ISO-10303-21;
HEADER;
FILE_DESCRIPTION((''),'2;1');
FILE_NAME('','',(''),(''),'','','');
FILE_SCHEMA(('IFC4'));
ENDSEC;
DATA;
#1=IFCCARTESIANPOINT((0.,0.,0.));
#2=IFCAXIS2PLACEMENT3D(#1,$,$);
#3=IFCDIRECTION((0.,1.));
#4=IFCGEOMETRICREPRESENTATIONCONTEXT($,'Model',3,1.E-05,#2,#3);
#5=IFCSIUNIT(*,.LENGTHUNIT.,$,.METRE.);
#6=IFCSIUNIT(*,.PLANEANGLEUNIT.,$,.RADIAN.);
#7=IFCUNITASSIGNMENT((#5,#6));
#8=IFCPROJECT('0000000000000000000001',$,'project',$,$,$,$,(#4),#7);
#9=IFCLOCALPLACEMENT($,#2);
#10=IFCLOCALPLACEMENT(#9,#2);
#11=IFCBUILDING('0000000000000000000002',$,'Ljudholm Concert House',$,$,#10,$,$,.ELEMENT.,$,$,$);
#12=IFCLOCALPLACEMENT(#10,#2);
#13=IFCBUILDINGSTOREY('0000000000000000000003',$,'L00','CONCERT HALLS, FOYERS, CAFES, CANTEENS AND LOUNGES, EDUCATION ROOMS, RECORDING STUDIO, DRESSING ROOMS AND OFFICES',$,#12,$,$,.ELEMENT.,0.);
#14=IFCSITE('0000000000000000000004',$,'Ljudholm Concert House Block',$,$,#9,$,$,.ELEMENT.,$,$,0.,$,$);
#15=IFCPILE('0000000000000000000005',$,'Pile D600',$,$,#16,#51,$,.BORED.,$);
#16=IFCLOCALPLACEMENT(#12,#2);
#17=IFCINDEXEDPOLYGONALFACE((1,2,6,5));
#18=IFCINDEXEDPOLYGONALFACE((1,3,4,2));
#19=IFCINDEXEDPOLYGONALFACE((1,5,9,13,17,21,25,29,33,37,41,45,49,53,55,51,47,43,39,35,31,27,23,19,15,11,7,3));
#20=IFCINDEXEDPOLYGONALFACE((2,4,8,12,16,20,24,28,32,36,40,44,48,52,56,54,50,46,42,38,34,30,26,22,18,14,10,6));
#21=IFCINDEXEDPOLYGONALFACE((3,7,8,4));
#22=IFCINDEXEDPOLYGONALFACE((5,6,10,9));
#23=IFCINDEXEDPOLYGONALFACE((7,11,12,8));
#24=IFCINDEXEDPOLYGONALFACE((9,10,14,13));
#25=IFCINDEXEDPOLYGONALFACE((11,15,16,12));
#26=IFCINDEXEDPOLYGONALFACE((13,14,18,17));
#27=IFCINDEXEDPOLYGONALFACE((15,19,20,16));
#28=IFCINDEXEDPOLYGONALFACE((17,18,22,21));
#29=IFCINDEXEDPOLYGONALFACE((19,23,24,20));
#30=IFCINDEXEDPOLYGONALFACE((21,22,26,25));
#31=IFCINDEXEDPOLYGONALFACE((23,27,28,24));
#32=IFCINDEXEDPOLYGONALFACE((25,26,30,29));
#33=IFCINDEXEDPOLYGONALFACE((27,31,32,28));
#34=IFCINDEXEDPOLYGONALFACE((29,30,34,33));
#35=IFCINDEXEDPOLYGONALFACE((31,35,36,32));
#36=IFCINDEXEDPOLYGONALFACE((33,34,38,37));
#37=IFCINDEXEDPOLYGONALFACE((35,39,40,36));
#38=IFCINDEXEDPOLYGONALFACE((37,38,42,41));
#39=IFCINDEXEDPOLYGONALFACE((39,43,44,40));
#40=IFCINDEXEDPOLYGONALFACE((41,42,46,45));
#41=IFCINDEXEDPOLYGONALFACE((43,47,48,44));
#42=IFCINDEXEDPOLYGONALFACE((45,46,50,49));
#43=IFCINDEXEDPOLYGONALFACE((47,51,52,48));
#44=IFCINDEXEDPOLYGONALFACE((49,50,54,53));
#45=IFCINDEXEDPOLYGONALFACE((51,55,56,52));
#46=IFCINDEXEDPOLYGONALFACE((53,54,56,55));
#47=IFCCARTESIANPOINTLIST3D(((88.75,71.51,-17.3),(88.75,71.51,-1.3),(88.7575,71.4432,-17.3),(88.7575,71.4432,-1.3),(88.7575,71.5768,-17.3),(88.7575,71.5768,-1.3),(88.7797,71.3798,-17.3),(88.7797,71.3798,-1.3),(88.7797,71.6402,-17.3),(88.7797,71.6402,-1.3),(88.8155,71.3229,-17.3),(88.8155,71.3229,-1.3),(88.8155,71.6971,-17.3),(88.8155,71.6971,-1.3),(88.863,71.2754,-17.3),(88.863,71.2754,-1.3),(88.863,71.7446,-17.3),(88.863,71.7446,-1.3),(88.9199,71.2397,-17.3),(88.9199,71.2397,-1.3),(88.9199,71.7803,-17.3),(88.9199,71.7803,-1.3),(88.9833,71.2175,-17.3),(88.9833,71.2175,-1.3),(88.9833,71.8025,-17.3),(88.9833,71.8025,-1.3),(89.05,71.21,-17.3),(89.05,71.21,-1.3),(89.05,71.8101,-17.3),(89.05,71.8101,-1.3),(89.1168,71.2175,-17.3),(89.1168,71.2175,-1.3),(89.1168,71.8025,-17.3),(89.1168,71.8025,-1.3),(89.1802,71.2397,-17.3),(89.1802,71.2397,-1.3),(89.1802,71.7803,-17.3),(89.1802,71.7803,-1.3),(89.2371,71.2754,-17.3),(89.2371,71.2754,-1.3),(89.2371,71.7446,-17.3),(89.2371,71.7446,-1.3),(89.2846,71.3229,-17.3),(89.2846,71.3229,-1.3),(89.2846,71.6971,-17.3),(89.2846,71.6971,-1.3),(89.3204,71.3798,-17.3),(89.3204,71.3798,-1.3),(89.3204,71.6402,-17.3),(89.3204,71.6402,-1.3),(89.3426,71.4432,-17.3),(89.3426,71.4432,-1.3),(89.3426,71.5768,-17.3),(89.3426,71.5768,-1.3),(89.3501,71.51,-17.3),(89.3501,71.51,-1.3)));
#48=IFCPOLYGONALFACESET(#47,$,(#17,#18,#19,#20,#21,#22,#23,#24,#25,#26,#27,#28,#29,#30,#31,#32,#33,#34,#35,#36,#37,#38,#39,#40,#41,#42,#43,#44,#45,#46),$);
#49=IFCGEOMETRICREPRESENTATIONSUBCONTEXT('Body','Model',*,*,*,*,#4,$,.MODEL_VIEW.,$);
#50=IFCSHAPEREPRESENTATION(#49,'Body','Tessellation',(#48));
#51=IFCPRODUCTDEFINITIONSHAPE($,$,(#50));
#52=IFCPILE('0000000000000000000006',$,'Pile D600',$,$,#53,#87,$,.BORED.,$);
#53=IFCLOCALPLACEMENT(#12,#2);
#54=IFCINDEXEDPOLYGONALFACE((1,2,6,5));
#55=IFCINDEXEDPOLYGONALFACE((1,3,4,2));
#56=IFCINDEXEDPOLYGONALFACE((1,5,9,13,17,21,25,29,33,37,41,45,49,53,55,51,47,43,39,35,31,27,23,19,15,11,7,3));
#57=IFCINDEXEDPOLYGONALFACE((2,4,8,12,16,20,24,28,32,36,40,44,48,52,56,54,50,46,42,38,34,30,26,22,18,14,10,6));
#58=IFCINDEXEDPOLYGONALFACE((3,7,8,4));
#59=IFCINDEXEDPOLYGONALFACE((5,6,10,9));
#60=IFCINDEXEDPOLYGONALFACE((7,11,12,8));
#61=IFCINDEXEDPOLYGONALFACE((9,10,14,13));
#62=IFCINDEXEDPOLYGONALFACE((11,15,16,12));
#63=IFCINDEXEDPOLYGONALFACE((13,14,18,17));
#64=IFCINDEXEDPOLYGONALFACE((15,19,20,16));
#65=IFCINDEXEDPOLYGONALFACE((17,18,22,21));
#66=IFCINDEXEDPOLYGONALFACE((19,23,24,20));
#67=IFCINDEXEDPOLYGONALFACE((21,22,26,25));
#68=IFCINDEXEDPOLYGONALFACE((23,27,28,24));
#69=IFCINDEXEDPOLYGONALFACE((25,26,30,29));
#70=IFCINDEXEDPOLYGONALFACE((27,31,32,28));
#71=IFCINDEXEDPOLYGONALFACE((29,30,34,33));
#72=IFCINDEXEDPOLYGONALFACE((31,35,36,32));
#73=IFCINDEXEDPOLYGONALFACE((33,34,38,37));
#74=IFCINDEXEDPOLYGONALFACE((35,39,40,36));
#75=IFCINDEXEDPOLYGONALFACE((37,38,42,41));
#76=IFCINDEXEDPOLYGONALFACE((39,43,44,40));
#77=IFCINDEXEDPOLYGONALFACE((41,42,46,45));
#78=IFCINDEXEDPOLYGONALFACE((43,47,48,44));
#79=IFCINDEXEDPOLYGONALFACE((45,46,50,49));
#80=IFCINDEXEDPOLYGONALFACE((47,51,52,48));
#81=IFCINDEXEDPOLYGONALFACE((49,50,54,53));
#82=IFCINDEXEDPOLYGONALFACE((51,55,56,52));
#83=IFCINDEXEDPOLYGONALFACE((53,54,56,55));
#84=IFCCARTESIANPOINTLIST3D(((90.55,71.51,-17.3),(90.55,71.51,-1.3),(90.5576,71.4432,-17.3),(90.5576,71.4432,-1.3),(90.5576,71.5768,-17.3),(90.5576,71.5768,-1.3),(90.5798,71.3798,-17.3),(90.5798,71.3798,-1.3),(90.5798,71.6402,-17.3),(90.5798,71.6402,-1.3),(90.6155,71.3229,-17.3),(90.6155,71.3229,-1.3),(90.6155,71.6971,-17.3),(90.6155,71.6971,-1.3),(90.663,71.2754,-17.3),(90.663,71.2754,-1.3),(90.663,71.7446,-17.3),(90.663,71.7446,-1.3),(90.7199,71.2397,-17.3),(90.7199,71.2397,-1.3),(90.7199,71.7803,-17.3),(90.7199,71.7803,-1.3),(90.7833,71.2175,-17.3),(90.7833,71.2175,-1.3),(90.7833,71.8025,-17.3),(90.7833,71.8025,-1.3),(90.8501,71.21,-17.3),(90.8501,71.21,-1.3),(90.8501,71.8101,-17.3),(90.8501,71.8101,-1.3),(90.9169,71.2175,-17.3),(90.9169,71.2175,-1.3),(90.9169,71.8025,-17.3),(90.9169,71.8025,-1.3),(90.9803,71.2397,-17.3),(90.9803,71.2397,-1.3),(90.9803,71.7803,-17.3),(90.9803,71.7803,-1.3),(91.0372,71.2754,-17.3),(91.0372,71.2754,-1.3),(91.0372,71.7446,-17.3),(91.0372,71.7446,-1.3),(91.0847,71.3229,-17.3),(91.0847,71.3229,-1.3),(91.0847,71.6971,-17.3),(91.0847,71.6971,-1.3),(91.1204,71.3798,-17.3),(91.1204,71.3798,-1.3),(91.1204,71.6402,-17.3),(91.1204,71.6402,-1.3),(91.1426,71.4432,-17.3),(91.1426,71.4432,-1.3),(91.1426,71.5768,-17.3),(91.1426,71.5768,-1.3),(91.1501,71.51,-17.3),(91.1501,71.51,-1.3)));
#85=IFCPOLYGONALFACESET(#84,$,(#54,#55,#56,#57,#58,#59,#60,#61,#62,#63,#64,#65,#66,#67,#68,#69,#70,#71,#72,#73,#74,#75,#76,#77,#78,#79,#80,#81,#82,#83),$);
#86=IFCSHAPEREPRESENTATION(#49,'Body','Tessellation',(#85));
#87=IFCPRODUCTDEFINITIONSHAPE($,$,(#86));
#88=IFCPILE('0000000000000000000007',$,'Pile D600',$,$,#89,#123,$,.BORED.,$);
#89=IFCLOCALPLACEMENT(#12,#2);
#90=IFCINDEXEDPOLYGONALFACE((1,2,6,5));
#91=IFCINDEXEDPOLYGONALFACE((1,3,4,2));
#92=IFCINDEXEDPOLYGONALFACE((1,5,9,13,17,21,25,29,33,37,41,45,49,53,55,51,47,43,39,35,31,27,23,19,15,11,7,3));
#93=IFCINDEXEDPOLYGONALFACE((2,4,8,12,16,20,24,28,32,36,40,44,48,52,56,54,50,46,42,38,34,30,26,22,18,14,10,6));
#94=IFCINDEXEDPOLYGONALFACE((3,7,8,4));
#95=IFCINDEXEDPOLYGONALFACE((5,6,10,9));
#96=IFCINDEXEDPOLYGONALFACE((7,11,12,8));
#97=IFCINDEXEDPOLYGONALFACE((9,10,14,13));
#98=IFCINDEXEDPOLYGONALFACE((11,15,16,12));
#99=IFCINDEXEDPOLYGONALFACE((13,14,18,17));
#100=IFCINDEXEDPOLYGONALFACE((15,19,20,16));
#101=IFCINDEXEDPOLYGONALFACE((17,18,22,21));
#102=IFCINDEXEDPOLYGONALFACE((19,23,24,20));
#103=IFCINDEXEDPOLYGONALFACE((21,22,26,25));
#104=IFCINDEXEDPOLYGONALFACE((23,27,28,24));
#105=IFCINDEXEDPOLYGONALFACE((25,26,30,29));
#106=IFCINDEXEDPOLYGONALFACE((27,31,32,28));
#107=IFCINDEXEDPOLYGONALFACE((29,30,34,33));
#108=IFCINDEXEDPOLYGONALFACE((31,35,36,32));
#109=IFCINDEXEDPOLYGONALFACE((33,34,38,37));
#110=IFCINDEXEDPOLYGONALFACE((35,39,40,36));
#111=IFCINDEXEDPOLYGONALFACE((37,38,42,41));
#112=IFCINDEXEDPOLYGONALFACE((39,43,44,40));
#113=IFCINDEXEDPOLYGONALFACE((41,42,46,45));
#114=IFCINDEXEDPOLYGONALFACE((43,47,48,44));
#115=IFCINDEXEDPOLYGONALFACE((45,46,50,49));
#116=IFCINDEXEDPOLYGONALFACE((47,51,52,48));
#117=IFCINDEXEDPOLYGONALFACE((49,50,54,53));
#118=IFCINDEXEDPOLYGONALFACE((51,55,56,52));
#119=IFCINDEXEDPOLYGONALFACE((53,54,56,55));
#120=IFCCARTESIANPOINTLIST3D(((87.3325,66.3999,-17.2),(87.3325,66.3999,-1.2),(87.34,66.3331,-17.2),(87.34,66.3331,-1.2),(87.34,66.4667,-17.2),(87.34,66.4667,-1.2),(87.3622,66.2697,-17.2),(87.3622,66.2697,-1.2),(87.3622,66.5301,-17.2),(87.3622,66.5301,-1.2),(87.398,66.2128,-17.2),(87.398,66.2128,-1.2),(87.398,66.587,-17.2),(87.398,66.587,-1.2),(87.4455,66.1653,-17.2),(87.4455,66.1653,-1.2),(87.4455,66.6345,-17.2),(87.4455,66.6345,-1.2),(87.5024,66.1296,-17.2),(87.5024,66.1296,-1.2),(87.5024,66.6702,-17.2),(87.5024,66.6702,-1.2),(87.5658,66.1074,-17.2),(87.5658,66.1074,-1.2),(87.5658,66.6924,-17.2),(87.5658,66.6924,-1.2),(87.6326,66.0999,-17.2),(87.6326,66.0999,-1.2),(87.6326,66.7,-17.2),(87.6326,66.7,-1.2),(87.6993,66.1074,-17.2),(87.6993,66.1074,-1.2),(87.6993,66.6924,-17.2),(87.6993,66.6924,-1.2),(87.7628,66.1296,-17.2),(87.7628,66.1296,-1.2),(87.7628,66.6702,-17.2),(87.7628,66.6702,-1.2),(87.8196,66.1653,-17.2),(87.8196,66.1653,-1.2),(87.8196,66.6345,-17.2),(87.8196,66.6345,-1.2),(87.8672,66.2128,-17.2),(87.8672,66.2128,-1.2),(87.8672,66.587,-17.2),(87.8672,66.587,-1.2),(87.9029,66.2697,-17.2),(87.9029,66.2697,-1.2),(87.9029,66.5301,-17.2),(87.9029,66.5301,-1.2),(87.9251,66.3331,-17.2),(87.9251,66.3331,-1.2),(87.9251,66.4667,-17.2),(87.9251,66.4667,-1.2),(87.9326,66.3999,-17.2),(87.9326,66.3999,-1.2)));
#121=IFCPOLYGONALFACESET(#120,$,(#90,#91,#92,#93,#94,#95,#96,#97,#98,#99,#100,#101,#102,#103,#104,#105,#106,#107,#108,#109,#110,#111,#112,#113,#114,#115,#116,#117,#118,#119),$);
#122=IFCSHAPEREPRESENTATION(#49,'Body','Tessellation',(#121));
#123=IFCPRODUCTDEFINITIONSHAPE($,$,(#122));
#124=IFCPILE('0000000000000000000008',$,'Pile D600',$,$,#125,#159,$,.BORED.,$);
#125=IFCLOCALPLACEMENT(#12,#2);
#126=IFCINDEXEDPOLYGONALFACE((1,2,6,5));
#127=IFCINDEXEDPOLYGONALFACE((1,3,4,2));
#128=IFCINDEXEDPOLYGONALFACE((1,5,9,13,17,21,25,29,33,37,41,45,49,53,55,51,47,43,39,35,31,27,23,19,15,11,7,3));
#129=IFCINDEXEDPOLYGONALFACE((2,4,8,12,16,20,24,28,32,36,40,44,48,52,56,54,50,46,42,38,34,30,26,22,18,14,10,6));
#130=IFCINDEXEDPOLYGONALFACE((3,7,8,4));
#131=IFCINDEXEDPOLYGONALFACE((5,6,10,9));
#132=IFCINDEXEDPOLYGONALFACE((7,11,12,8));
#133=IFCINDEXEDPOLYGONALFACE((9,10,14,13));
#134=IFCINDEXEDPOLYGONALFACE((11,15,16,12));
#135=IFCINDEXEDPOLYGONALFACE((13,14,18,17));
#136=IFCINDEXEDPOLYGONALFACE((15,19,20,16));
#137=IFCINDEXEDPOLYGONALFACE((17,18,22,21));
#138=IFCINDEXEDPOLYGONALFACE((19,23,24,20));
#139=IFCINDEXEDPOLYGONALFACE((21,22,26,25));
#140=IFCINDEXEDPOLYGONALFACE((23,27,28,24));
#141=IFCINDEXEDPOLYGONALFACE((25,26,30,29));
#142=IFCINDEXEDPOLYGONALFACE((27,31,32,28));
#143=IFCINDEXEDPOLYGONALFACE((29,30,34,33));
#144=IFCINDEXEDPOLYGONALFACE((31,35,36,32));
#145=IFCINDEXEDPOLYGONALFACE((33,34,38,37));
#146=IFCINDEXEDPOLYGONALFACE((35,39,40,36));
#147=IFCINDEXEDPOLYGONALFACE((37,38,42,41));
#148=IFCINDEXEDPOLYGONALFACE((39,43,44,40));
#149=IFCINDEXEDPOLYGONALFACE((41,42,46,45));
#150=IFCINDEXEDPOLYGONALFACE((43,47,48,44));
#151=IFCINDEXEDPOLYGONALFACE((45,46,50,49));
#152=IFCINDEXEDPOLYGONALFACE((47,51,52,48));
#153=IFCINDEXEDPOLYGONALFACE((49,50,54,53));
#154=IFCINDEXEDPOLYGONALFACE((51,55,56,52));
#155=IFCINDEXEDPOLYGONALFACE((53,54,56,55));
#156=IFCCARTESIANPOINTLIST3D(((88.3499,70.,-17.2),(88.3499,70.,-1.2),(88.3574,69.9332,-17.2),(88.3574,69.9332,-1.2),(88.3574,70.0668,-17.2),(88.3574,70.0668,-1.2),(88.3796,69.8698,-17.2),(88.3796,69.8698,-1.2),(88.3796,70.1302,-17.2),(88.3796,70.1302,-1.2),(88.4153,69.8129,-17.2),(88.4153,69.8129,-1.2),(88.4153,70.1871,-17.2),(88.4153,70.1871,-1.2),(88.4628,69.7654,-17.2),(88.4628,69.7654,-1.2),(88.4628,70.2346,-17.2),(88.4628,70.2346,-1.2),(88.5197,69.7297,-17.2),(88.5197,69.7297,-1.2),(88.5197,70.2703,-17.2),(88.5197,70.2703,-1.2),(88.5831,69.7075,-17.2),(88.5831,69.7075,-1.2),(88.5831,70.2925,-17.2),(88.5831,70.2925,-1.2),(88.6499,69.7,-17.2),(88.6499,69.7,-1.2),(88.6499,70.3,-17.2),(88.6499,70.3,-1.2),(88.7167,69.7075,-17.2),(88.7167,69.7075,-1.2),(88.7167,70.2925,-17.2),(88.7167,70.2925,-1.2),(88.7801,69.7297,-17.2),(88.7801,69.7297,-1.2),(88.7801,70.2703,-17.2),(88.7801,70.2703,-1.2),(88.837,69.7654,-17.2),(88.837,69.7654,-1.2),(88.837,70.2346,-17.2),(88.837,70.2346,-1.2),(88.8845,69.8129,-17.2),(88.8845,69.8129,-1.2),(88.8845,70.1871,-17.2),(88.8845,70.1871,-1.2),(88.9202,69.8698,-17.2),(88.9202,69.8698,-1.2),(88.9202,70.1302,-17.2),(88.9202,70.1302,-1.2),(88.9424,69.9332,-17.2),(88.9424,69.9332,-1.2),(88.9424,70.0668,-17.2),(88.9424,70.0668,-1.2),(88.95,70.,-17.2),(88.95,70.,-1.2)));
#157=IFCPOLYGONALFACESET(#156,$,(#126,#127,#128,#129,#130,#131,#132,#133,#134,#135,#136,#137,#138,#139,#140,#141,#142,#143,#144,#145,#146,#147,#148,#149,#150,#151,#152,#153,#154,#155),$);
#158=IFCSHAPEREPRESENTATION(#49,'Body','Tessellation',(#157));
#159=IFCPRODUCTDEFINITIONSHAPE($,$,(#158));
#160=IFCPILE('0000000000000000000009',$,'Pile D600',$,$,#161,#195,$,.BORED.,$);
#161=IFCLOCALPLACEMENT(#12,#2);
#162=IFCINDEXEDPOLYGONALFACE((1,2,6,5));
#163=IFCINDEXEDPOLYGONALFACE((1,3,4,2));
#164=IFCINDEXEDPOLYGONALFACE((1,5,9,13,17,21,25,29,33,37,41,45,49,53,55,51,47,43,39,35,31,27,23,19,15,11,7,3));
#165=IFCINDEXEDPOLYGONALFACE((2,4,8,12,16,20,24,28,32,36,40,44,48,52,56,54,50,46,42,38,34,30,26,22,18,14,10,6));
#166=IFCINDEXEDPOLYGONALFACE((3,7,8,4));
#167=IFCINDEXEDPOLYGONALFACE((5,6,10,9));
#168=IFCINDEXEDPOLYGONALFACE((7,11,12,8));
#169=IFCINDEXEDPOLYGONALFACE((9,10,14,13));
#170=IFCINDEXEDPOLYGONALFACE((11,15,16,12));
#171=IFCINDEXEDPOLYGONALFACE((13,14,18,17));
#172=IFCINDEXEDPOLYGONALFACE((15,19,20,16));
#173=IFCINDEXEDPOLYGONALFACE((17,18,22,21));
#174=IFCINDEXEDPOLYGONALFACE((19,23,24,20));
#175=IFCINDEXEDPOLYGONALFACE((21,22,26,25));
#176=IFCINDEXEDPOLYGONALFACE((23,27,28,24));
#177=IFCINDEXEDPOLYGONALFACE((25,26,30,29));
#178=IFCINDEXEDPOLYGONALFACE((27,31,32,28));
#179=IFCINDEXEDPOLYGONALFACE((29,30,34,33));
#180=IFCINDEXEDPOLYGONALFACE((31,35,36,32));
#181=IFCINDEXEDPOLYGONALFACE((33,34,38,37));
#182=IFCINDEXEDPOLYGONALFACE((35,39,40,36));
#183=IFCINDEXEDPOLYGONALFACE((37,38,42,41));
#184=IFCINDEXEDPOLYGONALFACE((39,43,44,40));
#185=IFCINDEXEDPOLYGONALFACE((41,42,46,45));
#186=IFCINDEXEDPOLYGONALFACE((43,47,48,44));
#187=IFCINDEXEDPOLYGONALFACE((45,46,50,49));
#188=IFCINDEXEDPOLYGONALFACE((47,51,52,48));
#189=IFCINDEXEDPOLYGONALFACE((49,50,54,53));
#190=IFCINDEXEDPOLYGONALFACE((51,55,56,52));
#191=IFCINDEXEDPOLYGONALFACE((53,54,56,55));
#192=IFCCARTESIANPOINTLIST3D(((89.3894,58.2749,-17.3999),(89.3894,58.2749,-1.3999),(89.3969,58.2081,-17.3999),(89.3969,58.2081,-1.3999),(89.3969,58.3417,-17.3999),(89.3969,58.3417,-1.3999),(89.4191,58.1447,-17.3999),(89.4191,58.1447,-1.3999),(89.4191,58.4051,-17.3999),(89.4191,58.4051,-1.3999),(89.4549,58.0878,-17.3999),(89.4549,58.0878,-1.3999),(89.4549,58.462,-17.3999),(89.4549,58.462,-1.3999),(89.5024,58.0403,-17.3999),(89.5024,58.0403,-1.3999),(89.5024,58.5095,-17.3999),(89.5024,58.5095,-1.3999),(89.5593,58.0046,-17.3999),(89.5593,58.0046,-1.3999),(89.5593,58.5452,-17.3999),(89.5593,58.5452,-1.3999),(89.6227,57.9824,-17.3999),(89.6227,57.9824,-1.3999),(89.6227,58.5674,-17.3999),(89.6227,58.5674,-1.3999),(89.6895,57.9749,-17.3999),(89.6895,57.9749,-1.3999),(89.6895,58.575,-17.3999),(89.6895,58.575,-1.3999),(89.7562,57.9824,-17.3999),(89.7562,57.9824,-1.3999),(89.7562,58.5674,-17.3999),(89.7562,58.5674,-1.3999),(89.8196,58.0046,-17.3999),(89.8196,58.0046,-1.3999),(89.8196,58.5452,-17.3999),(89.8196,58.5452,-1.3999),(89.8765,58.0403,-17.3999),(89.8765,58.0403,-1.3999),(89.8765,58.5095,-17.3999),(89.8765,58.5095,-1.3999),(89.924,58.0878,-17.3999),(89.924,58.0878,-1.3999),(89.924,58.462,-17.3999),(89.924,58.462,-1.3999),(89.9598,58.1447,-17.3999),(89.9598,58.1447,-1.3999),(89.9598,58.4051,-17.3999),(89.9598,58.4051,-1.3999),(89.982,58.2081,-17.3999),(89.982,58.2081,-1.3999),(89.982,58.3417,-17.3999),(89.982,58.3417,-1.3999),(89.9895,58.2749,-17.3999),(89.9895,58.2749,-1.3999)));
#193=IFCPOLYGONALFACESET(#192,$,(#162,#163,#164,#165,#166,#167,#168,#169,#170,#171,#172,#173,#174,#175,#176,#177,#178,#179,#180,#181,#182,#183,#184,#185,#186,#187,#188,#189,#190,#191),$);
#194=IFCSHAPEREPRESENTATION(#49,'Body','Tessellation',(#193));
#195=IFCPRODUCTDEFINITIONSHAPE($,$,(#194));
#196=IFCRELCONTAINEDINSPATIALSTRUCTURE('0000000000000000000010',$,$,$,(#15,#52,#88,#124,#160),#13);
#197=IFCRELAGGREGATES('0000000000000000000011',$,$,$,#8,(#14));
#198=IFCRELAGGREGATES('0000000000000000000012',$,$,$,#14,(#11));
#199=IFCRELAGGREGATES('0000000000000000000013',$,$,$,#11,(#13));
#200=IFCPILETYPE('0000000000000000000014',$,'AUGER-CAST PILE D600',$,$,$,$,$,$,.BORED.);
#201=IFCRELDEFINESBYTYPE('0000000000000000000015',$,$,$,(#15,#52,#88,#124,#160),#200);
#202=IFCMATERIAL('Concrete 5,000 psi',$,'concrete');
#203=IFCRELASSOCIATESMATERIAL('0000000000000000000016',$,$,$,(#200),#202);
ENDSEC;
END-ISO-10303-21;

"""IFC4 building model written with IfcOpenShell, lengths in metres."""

from ifc_helpers import new_model, si_unit, direction, frame, origin, origin_2d, place, context, subcontext, project, spatial, circle, extrude, material, material_profile, profile_set, type_object, element, save


model = new_model("IFC4")

# Units and contexts
model_context = context("Model", 3, precision=1e-05, world=origin(), true_north=direction((0.0, 1.0)))
body_context = subcontext(model_context, "Body", "Model", "MODEL_VIEW")
ifc_project = project(units=[si_unit("LENGTHUNIT", "METRE"), si_unit("PLANEANGLEUNIT", "RADIAN")], contexts=[model_context])

# Site, building, storey
site_placement = place(None, origin())
site = spatial("IfcSite", under=ifc_project, at=site_placement, Name="Ljudholm Concert House Block", CompositionType="ELEMENT", RefElevation=0.0)
building_placement = place(site_placement, origin())
building = spatial("IfcBuilding", under=site, at=building_placement, Name="Ljudholm Concert House", CompositionType="ELEMENT")
storey_placement = place(building_placement, origin())
storey = spatial("IfcBuildingStorey", under=building, at=storey_placement, Name="L00", Description="CONCERT HALLS, FOYERS, CAFES, CANTEENS AND LOUNGES, EDUCATION ROOMS, RECORDING STUDIO, DRESSING ROOMS AND OFFICES", CompositionType="ELEMENT", Elevation=0.0)

# Piles
ifc_material_1 = material(Name="Concrete 5,000 psi", Category="concrete")
ifc_material_profile_1 = material_profile(ifc_material_1, circle(Radius=0.3, at=origin_2d()), Name="AUGER-CAST PILE D600")
ifc_profile_set_1 = profile_set([ifc_material_profile_1], Name="Concrete 5,000 psi")
pile_type = type_object("IfcPileType", Name="AUGER-CAST PILE D600", PredefinedType="BORED", material=ifc_profile_set_1)
for number, where, z_axis, x_axis, name in (
    (1, (89.05, 71.51, -1.3), (0.0, 0.0, -1.0), (1.0, 0.0, 0.0), "Pile D600"),
    (2, (90.8501, 71.51, -1.3), (0.0, 0.0, -1.0), (1.0, 0.0, 0.0), "Pile D600"),
    (3, (87.6326, 66.3999, -1.2), (0.0, 0.0, -1.0), (1.0, 0.0, 0.0), "Pile D600"),
    (4, (88.6499, 70.0, -1.2), (0.0, 0.0, -1.0), (1.0, 0.0, 0.0), "Pile D600"),
    (5, (89.6895, 58.2749, -1.3999), (0.0, 0.0, -1.0), (1.0, 0.0, 0.0), "Pile D600"),
):
    element("IfcPile", number, at=place(storey_placement, frame(where, z_axis=z_axis, x_axis=x_axis)), inside=storey, type_object=pile_type, Name=name, PredefinedType="BORED", context=body_context, shape_type="SweptSolid", body=[
        extrude(circle(Radius=0.3, at=origin_2d()), origin(), (0.0, 0.0, 1.0), 16.0),
    ])

save(model, "model.ifc")
